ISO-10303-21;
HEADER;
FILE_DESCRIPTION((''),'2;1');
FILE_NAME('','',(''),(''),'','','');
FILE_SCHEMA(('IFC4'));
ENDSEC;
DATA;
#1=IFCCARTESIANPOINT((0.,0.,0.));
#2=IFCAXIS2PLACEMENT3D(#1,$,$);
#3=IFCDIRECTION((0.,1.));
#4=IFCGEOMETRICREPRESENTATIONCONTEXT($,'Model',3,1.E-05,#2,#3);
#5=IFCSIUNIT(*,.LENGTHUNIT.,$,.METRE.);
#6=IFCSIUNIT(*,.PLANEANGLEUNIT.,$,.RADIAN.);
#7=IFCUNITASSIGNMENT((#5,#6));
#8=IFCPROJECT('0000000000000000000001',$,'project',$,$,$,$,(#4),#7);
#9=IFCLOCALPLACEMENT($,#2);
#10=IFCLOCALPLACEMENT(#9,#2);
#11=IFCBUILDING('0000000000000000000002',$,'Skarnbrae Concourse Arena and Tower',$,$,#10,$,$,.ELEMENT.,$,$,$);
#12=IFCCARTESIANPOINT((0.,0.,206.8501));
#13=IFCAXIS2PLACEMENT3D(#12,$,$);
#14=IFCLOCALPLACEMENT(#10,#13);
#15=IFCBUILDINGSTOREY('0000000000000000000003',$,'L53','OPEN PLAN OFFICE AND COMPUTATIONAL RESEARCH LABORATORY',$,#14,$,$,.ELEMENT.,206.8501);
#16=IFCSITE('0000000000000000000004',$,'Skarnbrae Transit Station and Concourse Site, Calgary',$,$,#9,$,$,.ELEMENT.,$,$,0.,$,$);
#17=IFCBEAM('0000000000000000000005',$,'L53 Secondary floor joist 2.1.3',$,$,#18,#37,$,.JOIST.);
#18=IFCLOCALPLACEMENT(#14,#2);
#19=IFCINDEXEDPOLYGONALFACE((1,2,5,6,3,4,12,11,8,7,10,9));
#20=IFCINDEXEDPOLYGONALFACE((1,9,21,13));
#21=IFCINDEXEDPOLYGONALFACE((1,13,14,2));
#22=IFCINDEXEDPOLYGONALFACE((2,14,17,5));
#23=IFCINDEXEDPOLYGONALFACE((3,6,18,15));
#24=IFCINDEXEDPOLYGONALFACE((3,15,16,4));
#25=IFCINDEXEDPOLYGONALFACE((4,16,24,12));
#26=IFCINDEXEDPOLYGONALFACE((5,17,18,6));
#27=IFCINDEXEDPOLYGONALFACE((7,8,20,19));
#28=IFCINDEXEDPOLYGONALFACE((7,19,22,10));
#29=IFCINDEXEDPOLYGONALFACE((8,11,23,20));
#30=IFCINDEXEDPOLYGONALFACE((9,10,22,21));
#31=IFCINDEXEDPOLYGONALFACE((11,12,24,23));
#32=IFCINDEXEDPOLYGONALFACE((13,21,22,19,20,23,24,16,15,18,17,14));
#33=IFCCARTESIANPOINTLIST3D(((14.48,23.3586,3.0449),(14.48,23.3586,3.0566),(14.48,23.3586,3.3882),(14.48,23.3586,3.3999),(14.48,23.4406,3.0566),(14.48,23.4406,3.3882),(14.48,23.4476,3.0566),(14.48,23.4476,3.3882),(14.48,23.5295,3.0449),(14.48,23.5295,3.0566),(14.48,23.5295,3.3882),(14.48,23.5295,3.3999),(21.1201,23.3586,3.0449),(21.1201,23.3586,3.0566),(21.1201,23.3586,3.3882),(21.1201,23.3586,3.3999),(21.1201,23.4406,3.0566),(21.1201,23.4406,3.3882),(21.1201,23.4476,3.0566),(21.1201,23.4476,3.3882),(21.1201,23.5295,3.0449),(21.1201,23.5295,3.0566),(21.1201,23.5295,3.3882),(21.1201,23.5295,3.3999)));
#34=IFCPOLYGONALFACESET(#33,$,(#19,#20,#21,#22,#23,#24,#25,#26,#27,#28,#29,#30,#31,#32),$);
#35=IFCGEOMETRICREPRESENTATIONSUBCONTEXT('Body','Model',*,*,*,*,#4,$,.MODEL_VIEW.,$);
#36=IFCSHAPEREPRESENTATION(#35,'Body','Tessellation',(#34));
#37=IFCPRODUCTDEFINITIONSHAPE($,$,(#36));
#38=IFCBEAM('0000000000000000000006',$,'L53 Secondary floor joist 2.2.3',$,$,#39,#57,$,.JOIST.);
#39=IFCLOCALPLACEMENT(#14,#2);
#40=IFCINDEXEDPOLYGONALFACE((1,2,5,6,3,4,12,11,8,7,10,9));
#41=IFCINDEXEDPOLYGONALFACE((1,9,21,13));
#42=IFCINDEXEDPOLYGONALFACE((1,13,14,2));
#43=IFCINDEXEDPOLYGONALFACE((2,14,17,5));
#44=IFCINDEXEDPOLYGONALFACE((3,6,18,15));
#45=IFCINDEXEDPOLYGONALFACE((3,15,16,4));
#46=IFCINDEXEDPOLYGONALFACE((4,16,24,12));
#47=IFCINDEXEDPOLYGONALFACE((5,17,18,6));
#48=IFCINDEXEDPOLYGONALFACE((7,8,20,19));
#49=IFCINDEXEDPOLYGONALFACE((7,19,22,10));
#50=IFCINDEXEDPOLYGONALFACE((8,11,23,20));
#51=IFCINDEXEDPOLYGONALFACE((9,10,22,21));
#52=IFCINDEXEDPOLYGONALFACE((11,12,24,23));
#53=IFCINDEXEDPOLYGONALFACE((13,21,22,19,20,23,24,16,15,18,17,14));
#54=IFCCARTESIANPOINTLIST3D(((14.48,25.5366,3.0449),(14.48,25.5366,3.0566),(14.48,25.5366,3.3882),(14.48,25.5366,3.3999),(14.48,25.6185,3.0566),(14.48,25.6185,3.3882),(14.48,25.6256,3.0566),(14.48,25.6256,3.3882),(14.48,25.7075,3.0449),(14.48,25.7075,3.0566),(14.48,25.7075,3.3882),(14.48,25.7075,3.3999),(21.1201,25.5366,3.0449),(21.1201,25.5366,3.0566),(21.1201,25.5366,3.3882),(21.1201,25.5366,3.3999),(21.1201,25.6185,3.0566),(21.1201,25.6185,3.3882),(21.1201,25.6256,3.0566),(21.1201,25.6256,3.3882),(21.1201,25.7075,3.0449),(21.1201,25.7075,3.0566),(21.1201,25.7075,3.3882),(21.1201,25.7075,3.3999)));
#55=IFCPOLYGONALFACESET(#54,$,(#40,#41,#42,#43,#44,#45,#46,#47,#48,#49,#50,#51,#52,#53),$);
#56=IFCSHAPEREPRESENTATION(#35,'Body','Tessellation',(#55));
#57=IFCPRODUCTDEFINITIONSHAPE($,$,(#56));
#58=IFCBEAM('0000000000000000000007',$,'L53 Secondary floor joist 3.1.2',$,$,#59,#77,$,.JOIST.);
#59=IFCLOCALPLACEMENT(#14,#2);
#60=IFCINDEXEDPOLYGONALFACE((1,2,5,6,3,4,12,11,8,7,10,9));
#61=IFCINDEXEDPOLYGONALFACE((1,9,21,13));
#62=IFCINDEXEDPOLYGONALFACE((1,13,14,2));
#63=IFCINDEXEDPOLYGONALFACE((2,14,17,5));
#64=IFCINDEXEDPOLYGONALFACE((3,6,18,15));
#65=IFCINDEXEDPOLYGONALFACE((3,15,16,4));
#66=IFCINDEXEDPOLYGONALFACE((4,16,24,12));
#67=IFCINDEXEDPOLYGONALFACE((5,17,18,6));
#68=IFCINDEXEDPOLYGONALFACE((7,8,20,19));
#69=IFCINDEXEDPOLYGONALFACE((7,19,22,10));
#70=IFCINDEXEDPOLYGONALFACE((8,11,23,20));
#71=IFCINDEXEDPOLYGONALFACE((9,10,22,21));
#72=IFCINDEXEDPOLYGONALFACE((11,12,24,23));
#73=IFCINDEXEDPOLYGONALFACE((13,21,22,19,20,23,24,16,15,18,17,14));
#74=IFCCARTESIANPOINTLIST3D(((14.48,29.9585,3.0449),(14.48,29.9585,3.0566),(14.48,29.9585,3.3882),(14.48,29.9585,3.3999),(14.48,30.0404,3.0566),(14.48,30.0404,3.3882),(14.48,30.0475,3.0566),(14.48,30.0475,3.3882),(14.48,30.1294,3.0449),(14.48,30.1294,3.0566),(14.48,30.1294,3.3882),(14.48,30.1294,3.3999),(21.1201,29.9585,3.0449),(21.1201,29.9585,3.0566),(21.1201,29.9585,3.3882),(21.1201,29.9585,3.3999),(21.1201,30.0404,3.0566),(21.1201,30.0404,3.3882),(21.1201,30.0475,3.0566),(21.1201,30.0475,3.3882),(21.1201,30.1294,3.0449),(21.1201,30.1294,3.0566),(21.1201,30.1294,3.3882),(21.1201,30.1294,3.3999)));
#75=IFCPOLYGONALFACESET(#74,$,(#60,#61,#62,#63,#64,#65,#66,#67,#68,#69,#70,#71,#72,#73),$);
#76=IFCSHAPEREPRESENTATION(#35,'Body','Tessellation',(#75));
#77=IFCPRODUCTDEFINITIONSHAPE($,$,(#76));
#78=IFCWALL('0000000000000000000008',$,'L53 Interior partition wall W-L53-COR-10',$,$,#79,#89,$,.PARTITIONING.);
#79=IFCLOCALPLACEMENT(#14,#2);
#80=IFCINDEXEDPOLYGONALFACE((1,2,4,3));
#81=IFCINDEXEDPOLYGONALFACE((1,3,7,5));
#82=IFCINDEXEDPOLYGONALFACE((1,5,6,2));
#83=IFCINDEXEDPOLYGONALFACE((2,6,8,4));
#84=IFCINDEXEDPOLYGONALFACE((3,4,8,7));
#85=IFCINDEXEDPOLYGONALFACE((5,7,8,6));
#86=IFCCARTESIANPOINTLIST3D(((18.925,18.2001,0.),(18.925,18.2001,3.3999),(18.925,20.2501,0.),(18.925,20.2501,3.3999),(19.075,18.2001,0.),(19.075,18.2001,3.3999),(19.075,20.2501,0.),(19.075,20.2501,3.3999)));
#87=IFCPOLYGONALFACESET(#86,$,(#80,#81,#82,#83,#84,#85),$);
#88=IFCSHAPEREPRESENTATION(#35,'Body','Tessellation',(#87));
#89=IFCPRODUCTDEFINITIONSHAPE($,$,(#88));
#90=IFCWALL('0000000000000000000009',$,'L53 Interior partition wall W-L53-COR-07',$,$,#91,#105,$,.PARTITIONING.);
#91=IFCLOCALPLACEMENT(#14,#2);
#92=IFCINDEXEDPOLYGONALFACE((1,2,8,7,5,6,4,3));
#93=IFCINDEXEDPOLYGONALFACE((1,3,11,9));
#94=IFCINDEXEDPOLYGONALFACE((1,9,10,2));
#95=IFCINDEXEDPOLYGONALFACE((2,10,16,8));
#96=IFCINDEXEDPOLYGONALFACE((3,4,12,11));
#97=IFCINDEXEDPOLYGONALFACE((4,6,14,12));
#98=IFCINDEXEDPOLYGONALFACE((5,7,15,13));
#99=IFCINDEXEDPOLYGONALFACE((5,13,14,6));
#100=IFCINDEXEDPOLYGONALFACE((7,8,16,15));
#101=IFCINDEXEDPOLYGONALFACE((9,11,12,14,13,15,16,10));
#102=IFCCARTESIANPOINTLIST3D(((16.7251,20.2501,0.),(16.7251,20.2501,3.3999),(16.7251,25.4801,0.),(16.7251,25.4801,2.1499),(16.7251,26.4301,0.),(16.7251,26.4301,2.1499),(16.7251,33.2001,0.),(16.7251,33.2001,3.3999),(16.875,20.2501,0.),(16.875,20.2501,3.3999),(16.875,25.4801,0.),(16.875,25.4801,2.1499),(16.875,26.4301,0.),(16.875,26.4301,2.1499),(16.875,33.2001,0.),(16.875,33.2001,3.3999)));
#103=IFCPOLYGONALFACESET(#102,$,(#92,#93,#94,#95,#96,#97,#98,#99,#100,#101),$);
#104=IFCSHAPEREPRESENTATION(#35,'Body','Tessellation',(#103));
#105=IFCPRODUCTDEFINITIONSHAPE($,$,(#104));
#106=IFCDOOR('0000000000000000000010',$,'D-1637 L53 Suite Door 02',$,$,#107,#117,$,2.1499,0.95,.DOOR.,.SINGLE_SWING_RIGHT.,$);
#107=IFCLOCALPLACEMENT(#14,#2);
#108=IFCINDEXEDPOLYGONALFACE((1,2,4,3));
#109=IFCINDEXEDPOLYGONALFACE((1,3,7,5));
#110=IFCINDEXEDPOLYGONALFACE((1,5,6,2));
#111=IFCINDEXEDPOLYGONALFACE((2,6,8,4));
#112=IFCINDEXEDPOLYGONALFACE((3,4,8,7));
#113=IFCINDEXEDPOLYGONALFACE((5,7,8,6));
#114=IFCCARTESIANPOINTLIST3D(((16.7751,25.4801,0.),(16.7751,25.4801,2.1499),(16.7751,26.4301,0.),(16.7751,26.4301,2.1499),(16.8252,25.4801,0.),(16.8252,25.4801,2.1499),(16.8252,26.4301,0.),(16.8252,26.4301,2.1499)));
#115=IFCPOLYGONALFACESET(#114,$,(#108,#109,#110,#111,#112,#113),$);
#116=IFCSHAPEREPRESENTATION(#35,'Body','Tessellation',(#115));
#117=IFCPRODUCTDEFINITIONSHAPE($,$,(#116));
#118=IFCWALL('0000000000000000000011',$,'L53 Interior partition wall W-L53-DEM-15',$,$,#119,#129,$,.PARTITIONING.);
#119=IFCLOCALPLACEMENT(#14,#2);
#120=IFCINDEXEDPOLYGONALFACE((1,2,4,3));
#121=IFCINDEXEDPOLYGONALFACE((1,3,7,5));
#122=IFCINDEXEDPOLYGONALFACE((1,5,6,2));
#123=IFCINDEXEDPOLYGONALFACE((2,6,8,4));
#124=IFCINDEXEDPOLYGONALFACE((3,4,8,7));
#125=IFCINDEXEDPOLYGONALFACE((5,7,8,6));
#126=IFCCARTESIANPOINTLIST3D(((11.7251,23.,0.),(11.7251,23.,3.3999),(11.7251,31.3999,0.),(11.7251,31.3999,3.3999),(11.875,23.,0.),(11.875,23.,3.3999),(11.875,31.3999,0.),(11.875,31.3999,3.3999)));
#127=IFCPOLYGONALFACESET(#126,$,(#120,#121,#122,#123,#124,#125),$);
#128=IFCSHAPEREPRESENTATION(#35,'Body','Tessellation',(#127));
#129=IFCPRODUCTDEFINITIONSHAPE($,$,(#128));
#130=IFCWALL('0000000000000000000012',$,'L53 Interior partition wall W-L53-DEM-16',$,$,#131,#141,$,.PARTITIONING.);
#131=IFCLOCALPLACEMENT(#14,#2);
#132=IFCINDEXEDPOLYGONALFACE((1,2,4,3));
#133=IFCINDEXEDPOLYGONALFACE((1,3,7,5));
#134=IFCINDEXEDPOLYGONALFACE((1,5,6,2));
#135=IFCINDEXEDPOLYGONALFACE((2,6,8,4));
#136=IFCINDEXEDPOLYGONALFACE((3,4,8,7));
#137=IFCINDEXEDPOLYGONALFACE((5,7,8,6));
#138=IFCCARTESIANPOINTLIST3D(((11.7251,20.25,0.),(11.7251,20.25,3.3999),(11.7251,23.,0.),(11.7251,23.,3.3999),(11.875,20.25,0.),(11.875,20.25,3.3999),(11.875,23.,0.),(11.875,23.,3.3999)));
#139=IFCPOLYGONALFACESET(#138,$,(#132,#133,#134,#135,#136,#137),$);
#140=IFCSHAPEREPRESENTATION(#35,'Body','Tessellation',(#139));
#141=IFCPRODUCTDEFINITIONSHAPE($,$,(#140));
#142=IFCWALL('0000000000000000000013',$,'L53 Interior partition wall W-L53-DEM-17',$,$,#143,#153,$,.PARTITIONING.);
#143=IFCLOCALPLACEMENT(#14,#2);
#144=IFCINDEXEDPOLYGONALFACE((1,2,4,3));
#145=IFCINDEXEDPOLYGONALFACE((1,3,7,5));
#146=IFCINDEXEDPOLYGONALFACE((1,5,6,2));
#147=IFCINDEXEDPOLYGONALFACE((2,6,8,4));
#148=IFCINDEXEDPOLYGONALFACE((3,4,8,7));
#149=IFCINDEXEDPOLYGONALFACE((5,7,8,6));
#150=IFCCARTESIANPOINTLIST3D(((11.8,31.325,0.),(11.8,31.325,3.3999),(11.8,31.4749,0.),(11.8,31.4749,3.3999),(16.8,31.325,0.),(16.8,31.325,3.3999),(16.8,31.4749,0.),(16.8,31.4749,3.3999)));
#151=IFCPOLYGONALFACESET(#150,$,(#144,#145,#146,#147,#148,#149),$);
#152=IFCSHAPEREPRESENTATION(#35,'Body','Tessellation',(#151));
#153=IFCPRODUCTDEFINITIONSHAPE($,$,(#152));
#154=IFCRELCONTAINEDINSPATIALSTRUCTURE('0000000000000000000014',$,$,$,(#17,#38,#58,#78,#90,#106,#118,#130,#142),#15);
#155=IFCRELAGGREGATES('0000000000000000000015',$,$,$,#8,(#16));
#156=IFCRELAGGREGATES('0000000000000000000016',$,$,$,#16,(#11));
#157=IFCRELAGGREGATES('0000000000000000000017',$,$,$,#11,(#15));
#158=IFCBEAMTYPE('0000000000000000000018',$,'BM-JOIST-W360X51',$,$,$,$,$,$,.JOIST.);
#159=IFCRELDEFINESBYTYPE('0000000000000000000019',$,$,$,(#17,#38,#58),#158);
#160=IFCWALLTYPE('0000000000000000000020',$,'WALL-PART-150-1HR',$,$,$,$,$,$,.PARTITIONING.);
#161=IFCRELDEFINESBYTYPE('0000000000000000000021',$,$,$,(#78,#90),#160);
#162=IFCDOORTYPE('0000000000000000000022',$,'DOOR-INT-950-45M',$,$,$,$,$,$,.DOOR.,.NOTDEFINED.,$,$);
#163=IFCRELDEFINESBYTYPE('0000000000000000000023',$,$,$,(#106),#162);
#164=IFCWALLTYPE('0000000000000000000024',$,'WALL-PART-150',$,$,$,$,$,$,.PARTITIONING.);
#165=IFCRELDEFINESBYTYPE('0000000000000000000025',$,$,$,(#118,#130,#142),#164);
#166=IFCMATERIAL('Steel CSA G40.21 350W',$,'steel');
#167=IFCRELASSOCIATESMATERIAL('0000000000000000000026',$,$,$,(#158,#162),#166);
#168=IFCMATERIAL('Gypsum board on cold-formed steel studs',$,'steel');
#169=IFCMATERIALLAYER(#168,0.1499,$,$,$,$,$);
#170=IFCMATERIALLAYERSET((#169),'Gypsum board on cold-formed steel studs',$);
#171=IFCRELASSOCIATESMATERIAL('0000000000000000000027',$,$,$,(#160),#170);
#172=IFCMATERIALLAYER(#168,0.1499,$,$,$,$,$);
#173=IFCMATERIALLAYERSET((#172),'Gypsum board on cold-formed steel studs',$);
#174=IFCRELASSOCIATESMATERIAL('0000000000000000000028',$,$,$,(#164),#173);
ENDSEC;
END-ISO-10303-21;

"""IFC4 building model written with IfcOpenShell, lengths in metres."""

from ifc_helpers import new_model, si_unit, direction, frame, frame_2d, origin, origin_2d, place, context, subcontext, project, spatial, rectangle, i_section, extrude, source, transform, mapped, material, layer, layer_set, material_profile, profile_set, type_object, element, fill, save


model = new_model("IFC4")

# Units and contexts
model_context = context("Model", 3, precision=1e-05, world=origin(), true_north=direction((0.0, 1.0)))
body_context = subcontext(model_context, "Body", "Model", "MODEL_VIEW")
ifc_project = project(units=[si_unit("LENGTHUNIT", "METRE"), si_unit("PLANEANGLEUNIT", "RADIAN")], contexts=[model_context])

# Site, building, storey
site_placement = place(None, origin())
site = spatial("IfcSite", under=ifc_project, at=site_placement, Name="Skarnbrae Transit Station and Concourse Site, Calgary", CompositionType="ELEMENT", RefElevation=0.0)
building_placement = place(site_placement, origin())
building = spatial("IfcBuilding", under=site, at=building_placement, Name="Skarnbrae Concourse Arena and Tower", CompositionType="ELEMENT")
storey_placement = place(building_placement, frame((0.0, 0.0, 206.8501)))
storey = spatial("IfcBuildingStorey", under=building, at=storey_placement, Name="L53", Description="OPEN PLAN OFFICE AND COMPUTATIONAL RESEARCH LABORATORY", CompositionType="ELEMENT", Elevation=206.8501)

# Shared definitions
ifc_material_1 = material(Name="Steel CSA G40.21 350W", Category="steel")

# Beams
ifc_material_profile_1 = material_profile(ifc_material_1, i_section(OverallWidth=0.1709, OverallDepth=0.355, WebThickness=0.0071, FlangeThickness=0.0117, at=origin_2d()), Name="W360X51")
ifc_profile_set_1 = profile_set([ifc_material_profile_1], Name="Steel CSA G40.21 350W")
beam_type_1 = type_object("IfcBeamType", Name="BM-JOIST-W360X51", PredefinedType="JOIST", material=ifc_profile_set_1)
shared_shape_1 = source(origin(), body_context, "Body", "SweptSolid", [
    extrude(i_section(OverallWidth=0.1709, OverallDepth=0.355, WebThickness=0.0071, FlangeThickness=0.0117, at=origin_2d()), origin(), (0.0, 0.0, 1.0), 6.6401),
])
for number, where, z_axis, x_axis, name in (
    (1, (14.48, 23.4441, 3.2224), (1.0, 0.0, 0.0), (0.0, 1.0, 0.0), "L53 Secondary floor joist 2.1.3"),
    (2, (14.48, 25.6221, 3.2224), (1.0, 0.0, 0.0), (0.0, 1.0, 0.0), "L53 Secondary floor joist 2.2.3"),
    (3, (14.48, 30.0439, 3.2224), (1.0, 0.0, 0.0), (0.0, 1.0, 0.0), "L53 Secondary floor joist 3.1.2"),
):
    element("IfcBeam", number, at=place(storey_placement, frame(where, z_axis=z_axis, x_axis=x_axis)), inside=storey, type_object=beam_type_1, Name=name, PredefinedType="JOIST", context=body_context, shape_type="MappedRepresentation", body=[
        mapped(shared_shape_1, transform((0.0, 0.0, 0.0))),
    ])

# Wall
ifc_material_2 = material(Name="Gypsum board on cold-formed steel studs", Category="steel")
ifc_layer_1 = layer(ifc_material_2, 0.1499)
ifc_layer_set_1 = layer_set([ifc_layer_1], Name="Gypsum board on cold-formed steel studs")
wall_type_1 = type_object("IfcWallType", Name="WALL-PART-150-1HR", PredefinedType="PARTITIONING", material=ifc_layer_set_1)
shared_shape_2 = source(origin(), body_context, "Body", "SweptSolid", [
    extrude(rectangle(XDim=2.05, YDim=0.1499, at=frame_2d((1.0249, 0.0))), origin(), (0.0, 0.0, 1.0), 3.3999),
])
wall_1_placement = place(storey_placement, frame((19.0, 20.25, 0.0), z_axis=(0.0, 0.0, 1.0), x_axis=(0.0, -1.0, 0.0)))
element("IfcWall", 4, at=wall_1_placement, inside=storey, type_object=wall_type_1, Name="L53 Interior partition wall W-L53-COR-10", PredefinedType="PARTITIONING", context=body_context, shape_type="MappedRepresentation", body=[
    mapped(shared_shape_2, transform((0.0, 0.0, 0.0))),
])

# Wall, opening, door
shared_shape_3 = source(origin(), body_context, "Body", "SweptSolid", [
    extrude(rectangle(XDim=12.95, YDim=0.1499, at=frame_2d((6.4751, 0.0))), origin(), (0.0, 0.0, 1.0), 3.3999),
])
wall_2_placement = place(storey_placement, frame((16.8, 20.25, 0.0), z_axis=(0.0, 0.0, 1.0), x_axis=(0.0, 1.0, 0.0)))
wall_2 = element("IfcWall", 5, at=wall_2_placement, inside=storey, type_object=wall_type_1, Name="L53 Interior partition wall W-L53-COR-07", PredefinedType="PARTITIONING", context=body_context, shape_type="MappedRepresentation", body=[
    mapped(shared_shape_3, transform((0.0, 0.0, 0.0))),
])
opening_placement = place(wall_2_placement, frame((5.23, 0.0, 0.0)))
opening = element("IfcOpeningElement", 6, at=opening_placement, cuts=wall_2, PredefinedType="OPENING", context=body_context, shape_type="SweptSolid", body=[
    extrude(rectangle(XDim=0.95, YDim=2.1499, at=frame_2d((0.4751, 1.075))), frame((0.0, 0.085, 0.0), z_axis=(0.0, -1.0, 0.0), x_axis=(1.0, 0.0, 0.0)), (0.0, 0.0, 1.0), 0.1699),
])
door_type = type_object("IfcDoorType", Name="DOOR-INT-950-45M", OperationType="NOTDEFINED", PredefinedType="DOOR", material=ifc_material_1)
shared_shape_4 = source(origin(), body_context, "Body", "SweptSolid", [
    extrude(rectangle(XDim=0.95, YDim=2.1499, at=frame_2d((0.4751, 1.075))), frame((0.0, 0.0249, 0.0), z_axis=(0.0, -1.0, 0.0), x_axis=(1.0, 0.0, 0.0)), (0.0, 0.0, 1.0), 0.05),
])
door_placement = place(opening_placement, origin())
door = element("IfcDoor", 7, at=door_placement, inside=storey, type_object=door_type, Name="D-1637 L53 Suite Door 02", OperationType="SINGLE_SWING_RIGHT", OverallHeight=2.1499, OverallWidth=0.95, PredefinedType="DOOR", context=body_context, shape_type="MappedRepresentation", body=[
    mapped(shared_shape_4, transform((0.0, 0.0, 0.0))),
])
fill(opening, door)

# Walls
ifc_layer_2 = layer(ifc_material_2, 0.1499)
ifc_layer_set_2 = layer_set([ifc_layer_2], Name="Gypsum board on cold-formed steel studs")
wall_type_2 = type_object("IfcWallType", Name="WALL-PART-150", PredefinedType="PARTITIONING", material=ifc_layer_set_2)
shared_shape_5 = source(origin(), body_context, "Body", "SweptSolid", [
    extrude(rectangle(XDim=8.3999, YDim=0.1499, at=frame_2d((4.2, 0.0))), origin(), (0.0, 0.0, 1.0), 3.3999),
])
wall_3_placement = place(storey_placement, frame((11.8, 31.3999, 0.0), z_axis=(0.0, 0.0, 1.0), x_axis=(0.0, -1.0, 0.0)))
element("IfcWall", 8, at=wall_3_placement, inside=storey, type_object=wall_type_2, Name="L53 Interior partition wall W-L53-DEM-15", PredefinedType="PARTITIONING", context=body_context, shape_type="MappedRepresentation", body=[
    mapped(shared_shape_5, transform((0.0, 0.0, 0.0))),
])
shared_shape_6 = source(origin(), body_context, "Body", "SweptSolid", [
    extrude(rectangle(XDim=2.75, YDim=0.1499, at=frame_2d((1.375, 0.0))), origin(), (0.0, 0.0, 1.0), 3.3999),
])
wall_4_placement = place(storey_placement, frame((11.8, 23.0, 0.0), z_axis=(0.0, 0.0, 1.0), x_axis=(0.0, -1.0, 0.0)))
element("IfcWall", 9, at=wall_4_placement, inside=storey, type_object=wall_type_2, Name="L53 Interior partition wall W-L53-DEM-16", PredefinedType="PARTITIONING", context=body_context, shape_type="MappedRepresentation", body=[
    mapped(shared_shape_6, transform((0.0, 0.0, 0.0))),
])
shared_shape_7 = source(origin(), body_context, "Body", "SweptSolid", [
    extrude(rectangle(XDim=5.0, YDim=0.1499, at=frame_2d((2.5, 0.0))), origin(), (0.0, 0.0, 1.0), 3.3999),
])
wall_5_placement = place(storey_placement, frame((11.8, 31.3999, 0.0), z_axis=(0.0, 0.0, 1.0), x_axis=(1.0, 0.0, 0.0)))
element("IfcWall", 10, at=wall_5_placement, inside=storey, type_object=wall_type_2, Name="L53 Interior partition wall W-L53-DEM-17", PredefinedType="PARTITIONING", context=body_context, shape_type="MappedRepresentation", body=[
    mapped(shared_shape_7, transform((0.0, 0.0, 0.0))),
])

save(model, "model.ifc")
